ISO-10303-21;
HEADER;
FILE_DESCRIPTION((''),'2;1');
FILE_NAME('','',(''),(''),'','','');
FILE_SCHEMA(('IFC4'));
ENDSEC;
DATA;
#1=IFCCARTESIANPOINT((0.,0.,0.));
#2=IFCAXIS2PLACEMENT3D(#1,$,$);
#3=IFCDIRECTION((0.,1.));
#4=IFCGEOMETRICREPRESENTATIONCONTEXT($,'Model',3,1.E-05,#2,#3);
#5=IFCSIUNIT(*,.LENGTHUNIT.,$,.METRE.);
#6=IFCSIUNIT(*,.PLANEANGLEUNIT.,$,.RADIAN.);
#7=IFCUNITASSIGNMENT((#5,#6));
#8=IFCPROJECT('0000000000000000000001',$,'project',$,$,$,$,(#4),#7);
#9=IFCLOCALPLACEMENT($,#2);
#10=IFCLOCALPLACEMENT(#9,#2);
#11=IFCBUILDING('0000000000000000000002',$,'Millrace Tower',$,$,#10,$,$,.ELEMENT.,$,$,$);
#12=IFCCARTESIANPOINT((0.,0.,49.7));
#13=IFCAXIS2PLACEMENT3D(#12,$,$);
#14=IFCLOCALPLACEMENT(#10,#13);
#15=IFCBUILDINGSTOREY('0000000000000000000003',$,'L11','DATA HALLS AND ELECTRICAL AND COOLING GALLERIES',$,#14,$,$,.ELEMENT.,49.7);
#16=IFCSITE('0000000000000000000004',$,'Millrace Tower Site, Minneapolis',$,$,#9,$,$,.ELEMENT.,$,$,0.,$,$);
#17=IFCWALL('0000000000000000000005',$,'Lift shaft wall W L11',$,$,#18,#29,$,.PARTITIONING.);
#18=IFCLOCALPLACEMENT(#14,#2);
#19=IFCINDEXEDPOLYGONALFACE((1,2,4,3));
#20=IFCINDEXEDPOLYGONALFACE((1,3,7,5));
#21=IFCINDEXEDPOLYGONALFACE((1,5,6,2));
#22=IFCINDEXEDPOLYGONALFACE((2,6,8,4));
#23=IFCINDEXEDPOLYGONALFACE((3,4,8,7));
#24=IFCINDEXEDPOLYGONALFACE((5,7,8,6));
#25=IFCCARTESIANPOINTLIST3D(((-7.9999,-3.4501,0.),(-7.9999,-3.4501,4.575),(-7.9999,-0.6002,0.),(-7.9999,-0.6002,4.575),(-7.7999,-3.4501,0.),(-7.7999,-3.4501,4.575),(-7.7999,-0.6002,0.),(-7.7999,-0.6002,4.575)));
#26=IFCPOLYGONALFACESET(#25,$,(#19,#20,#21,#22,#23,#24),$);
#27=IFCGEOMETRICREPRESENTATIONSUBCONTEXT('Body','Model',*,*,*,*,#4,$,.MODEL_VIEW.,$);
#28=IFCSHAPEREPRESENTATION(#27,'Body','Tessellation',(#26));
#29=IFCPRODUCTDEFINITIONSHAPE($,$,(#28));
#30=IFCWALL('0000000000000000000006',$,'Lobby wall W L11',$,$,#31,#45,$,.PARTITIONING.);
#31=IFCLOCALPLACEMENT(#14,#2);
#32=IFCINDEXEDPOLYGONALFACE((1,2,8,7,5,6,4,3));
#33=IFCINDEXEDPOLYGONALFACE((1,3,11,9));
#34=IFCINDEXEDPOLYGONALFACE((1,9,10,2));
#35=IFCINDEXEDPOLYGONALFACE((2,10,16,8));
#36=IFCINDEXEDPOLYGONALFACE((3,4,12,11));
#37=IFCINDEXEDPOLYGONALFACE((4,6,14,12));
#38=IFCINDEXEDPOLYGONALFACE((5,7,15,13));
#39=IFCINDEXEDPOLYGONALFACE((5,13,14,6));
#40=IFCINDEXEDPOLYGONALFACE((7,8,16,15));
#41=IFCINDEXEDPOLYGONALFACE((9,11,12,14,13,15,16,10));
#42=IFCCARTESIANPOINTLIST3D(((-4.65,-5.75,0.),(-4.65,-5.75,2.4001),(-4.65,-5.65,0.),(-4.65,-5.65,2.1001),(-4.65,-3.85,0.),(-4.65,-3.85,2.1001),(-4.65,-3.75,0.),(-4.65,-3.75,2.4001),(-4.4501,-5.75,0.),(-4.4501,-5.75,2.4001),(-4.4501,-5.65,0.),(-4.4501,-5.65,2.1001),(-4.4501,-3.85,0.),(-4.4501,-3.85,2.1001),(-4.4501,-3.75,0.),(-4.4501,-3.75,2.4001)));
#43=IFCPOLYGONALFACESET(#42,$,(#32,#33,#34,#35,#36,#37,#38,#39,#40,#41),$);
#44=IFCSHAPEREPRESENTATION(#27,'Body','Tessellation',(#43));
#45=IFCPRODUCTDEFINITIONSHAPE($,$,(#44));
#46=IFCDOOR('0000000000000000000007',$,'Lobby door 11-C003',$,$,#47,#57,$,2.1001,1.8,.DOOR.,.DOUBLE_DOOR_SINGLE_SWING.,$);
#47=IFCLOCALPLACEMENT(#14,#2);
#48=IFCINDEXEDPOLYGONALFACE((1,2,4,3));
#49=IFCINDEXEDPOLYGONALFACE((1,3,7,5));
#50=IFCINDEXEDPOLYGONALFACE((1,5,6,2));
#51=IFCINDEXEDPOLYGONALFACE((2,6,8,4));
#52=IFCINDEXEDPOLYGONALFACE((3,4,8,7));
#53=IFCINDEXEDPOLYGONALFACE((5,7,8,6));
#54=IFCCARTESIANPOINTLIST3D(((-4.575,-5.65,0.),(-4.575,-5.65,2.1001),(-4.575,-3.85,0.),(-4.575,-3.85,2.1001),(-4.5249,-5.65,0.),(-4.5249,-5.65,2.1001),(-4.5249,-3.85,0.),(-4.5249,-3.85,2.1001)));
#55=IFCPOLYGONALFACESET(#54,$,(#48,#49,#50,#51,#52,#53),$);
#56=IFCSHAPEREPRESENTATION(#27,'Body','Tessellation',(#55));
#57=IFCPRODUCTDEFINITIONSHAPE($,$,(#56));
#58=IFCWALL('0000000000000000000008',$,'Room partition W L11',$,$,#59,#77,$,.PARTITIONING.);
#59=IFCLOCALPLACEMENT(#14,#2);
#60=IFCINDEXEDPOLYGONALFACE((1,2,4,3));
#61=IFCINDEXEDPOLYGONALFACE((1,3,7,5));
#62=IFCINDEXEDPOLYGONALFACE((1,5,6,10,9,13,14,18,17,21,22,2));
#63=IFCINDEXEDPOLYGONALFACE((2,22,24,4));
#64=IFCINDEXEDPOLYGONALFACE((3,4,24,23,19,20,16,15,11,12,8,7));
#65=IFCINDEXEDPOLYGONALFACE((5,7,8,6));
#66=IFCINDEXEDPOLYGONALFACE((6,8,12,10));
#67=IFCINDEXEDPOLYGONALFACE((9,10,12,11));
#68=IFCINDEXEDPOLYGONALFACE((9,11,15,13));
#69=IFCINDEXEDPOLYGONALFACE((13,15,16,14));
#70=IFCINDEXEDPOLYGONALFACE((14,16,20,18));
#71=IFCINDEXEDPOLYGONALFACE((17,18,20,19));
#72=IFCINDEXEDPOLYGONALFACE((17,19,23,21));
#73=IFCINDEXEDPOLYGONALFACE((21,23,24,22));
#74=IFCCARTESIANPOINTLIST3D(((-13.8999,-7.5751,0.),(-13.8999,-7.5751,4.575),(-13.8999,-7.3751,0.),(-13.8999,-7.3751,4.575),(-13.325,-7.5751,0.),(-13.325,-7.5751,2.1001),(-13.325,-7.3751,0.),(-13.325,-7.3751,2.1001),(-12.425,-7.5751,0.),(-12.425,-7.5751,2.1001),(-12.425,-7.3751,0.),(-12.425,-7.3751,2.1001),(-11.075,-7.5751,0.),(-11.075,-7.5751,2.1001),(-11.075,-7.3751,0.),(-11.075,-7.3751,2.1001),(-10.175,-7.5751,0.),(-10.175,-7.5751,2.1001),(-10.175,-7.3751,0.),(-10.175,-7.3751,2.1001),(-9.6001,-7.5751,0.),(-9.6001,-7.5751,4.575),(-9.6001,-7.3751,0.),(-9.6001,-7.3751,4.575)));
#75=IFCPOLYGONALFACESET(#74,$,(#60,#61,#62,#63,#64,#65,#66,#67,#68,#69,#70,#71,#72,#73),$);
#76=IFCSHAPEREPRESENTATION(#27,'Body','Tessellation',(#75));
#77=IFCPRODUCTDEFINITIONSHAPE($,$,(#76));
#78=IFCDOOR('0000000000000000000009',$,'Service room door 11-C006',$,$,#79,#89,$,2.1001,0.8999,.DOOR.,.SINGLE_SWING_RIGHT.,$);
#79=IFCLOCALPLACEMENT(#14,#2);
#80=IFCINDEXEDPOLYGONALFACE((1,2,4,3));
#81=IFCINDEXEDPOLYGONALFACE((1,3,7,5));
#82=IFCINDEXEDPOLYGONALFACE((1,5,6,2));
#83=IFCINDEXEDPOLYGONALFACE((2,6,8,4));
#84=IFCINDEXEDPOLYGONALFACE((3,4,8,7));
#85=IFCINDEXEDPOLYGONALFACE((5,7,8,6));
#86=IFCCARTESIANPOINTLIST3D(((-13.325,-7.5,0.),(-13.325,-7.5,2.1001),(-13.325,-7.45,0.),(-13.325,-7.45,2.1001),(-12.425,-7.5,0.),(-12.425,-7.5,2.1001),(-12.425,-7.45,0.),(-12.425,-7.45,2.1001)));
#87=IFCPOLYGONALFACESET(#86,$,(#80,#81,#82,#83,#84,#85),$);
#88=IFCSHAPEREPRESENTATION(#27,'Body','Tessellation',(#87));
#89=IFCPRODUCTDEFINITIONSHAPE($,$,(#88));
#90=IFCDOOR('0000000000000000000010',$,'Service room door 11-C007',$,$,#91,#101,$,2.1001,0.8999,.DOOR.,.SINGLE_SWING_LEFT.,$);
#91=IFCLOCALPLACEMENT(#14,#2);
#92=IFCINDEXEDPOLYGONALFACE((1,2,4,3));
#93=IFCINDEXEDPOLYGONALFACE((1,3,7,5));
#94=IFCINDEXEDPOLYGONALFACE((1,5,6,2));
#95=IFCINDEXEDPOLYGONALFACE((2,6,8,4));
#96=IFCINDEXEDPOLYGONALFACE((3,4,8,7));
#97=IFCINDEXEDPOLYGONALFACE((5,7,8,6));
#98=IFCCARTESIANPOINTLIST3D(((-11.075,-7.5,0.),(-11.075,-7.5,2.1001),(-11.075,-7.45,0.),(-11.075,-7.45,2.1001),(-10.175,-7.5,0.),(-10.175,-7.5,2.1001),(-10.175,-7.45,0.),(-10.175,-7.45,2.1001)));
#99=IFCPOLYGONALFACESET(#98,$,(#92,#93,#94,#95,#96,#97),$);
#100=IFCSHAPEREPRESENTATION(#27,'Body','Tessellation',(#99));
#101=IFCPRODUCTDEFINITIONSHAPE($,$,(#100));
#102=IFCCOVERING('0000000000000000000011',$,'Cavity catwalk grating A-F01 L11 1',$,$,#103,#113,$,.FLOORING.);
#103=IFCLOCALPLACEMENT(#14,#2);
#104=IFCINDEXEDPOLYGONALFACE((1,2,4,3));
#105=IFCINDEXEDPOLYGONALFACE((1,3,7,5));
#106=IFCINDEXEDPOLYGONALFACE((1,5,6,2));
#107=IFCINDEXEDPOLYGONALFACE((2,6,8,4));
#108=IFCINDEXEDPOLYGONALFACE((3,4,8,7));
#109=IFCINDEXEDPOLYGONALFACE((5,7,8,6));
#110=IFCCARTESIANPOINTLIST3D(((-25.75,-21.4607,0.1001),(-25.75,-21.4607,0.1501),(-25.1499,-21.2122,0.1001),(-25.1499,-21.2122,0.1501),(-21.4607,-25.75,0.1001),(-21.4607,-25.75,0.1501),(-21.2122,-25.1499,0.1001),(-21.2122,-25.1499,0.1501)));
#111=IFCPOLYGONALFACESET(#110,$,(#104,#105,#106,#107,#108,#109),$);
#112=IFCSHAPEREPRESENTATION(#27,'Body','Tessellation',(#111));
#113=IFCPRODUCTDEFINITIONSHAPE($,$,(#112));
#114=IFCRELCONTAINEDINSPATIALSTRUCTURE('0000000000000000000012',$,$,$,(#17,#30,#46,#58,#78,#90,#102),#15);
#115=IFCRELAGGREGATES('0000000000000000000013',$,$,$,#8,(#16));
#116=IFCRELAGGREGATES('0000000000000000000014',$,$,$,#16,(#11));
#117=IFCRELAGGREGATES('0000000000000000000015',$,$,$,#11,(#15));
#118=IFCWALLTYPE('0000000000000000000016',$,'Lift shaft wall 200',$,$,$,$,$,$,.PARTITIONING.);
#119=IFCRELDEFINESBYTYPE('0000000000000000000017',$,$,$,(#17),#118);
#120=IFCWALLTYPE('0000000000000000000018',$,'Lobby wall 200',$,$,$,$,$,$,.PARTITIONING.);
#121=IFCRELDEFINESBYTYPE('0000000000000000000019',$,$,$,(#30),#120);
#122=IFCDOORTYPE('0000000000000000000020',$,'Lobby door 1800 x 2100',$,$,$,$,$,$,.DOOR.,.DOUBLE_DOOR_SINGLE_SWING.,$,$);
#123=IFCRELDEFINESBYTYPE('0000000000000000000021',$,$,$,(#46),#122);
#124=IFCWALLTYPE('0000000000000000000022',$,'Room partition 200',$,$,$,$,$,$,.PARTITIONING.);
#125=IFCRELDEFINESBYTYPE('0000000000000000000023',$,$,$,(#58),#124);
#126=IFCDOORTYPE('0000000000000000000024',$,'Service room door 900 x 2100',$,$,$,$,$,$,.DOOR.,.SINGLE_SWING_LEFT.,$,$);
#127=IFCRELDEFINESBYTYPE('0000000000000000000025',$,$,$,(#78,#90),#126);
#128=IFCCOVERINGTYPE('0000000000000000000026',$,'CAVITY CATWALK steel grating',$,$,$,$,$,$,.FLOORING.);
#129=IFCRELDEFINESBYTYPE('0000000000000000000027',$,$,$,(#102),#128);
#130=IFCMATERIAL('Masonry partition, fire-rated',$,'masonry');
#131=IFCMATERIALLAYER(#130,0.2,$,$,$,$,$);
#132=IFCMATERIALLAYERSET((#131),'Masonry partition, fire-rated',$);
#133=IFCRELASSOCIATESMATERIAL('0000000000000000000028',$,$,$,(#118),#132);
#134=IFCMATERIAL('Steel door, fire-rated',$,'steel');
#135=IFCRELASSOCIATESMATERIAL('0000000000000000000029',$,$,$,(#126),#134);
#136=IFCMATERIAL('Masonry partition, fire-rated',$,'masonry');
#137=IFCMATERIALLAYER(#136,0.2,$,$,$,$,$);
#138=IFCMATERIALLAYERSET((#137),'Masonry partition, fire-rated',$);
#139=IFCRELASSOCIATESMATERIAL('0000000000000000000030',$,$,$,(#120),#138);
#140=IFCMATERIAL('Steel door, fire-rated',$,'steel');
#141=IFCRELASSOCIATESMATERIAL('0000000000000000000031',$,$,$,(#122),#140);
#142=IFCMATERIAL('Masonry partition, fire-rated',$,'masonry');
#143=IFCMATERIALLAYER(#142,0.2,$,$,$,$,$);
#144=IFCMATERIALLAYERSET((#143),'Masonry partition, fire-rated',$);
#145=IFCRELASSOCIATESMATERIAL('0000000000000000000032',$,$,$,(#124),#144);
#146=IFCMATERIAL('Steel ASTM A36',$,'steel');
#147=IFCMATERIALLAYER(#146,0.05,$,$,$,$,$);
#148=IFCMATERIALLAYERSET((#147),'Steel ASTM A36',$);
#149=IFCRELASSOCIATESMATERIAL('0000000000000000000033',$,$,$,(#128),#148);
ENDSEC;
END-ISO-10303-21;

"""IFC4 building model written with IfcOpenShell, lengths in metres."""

from ifc_helpers import new_model, si_unit, direction, frame, frame_2d, origin, place, context, subcontext, project, spatial, polyline, rectangle, outline, extrude, material, layer, layer_set, type_object, element, fill, save


model = new_model("IFC4")

# Units and contexts
model_context = context("Model", 3, precision=1e-05, world=origin(), true_north=direction((0.0, 1.0)))
body_context = subcontext(model_context, "Body", "Model", "MODEL_VIEW")
ifc_project = project(units=[si_unit("LENGTHUNIT", "METRE"), si_unit("PLANEANGLEUNIT", "RADIAN")], contexts=[model_context])

# Site, building, storey
site_placement = place(None, origin())
site = spatial("IfcSite", under=ifc_project, at=site_placement, Name="Millrace Tower Site, Minneapolis", CompositionType="ELEMENT", RefElevation=0.0)
building_placement = place(site_placement, origin())
building = spatial("IfcBuilding", under=site, at=building_placement, Name="Millrace Tower", CompositionType="ELEMENT")
storey_placement = place(building_placement, frame((0.0, 0.0, 49.7)))
storey = spatial("IfcBuildingStorey", under=building, at=storey_placement, Name="L11", Description="DATA HALLS AND ELECTRICAL AND COOLING GALLERIES", CompositionType="ELEMENT", Elevation=49.7)

# Shared definitions
ifc_material_1 = material(Name="Masonry partition, fire-rated", Category="masonry")
ifc_layer_1 = layer(ifc_material_1, 0.2)
ifc_layer_set_1 = layer_set([ifc_layer_1], Name="Masonry partition, fire-rated")
wall_type_1 = type_object("IfcWallType", Name="Lift shaft wall 200", PredefinedType="PARTITIONING", material=ifc_layer_set_1)
ifc_material_2 = material(Name="Steel door, fire-rated", Category="steel")
door_type_1 = type_object("IfcDoorType", Name="Service room door 900 x 2100", OperationType="SINGLE_SWING_LEFT", PredefinedType="DOOR", material=ifc_material_2)

# Wall
for number, where, z_axis, x_axis, name in (
    (1, (-7.8999, -3.45, 0.0), (0.0, 0.0, 1.0), (0.0, 1.0, 0.0), "Lift shaft wall W L11"),
):
    element("IfcWall", number, at=place(storey_placement, frame(where, z_axis=z_axis, x_axis=x_axis)), inside=storey, type_object=wall_type_1, Name=name, PredefinedType="PARTITIONING", context=body_context, shape_type="SweptSolid", body=[
        extrude(rectangle(XDim=2.8499, YDim=0.2, at=frame_2d((1.4248, 0.0))), origin(), (0.0, 0.0, 1.0), 4.575),
    ])

# Wall, opening, door
ifc_material_3 = material(Name="Masonry partition, fire-rated", Category="masonry")
ifc_layer_2 = layer(ifc_material_3, 0.2)
ifc_layer_set_2 = layer_set([ifc_layer_2], Name="Masonry partition, fire-rated")
wall_type_2 = type_object("IfcWallType", Name="Lobby wall 200", PredefinedType="PARTITIONING", material=ifc_layer_set_2)
wall_1_placement = place(storey_placement, frame((-4.55, -5.75, 0.0), z_axis=(0.0, 0.0, 1.0), x_axis=(0.0, 1.0, 0.0)))
wall_1 = element("IfcWall", 2, at=wall_1_placement, inside=storey, type_object=wall_type_2, Name="Lobby wall W L11", PredefinedType="PARTITIONING", context=body_context, shape_type="SweptSolid", body=[
    extrude(rectangle(XDim=2.0, YDim=0.2, at=frame_2d((1.0, 0.0))), origin(), (0.0, 0.0, 1.0), 2.4001),
])
opening_1_placement = place(wall_1_placement, frame((0.1001, 0.0, 0.0)))
opening_1 = element("IfcOpeningElement", 3, at=opening_1_placement, cuts=wall_1, PredefinedType="OPENING", context=body_context, shape_type="SweptSolid", body=[
    extrude(rectangle(XDim=1.8, YDim=2.1001, at=frame_2d((0.8999, 1.05))), frame((0.0, 0.1099, 0.0), z_axis=(0.0, -1.0, 0.0), x_axis=(1.0, 0.0, 0.0)), (0.0, 0.0, 1.0), 0.22),
])
ifc_material_4 = material(Name="Steel door, fire-rated", Category="steel")
door_type_2 = type_object("IfcDoorType", Name="Lobby door 1800 x 2100", OperationType="DOUBLE_DOOR_SINGLE_SWING", PredefinedType="DOOR", material=ifc_material_4)
door_1_placement = place(opening_1_placement, origin())
door_1 = element("IfcDoor", 4, at=door_1_placement, inside=storey, type_object=door_type_2, Name="Lobby door 11-C003", OperationType="DOUBLE_DOOR_SINGLE_SWING", OverallHeight=2.1001, OverallWidth=1.8, PredefinedType="DOOR", context=body_context, shape_type="SweptSolid", body=[
    extrude(rectangle(XDim=1.8, YDim=2.1001, at=frame_2d((0.8999, 1.05))), frame((0.0, 0.0249, 0.0), z_axis=(0.0, -1.0, 0.0), x_axis=(1.0, 0.0, 0.0)), (0.0, 0.0, 1.0), 0.05),
])
fill(opening_1, door_1)

# Wall, openings, doors
ifc_material_5 = material(Name="Masonry partition, fire-rated", Category="masonry")
ifc_layer_3 = layer(ifc_material_5, 0.2)
ifc_layer_set_3 = layer_set([ifc_layer_3], Name="Masonry partition, fire-rated")
wall_type_3 = type_object("IfcWallType", Name="Room partition 200", PredefinedType="PARTITIONING", material=ifc_layer_set_3)
wall_2_placement = place(storey_placement, frame((-13.8999, -7.4751, 0.0), z_axis=(0.0, 0.0, 1.0), x_axis=(1.0, 0.0, 0.0)))
wall_2 = element("IfcWall", 5, at=wall_2_placement, inside=storey, type_object=wall_type_3, Name="Room partition W L11", PredefinedType="PARTITIONING", context=body_context, shape_type="SweptSolid", body=[
    extrude(rectangle(XDim=4.2998, YDim=0.2, at=frame_2d((2.1499, 0.0))), origin(), (0.0, 0.0, 1.0), 4.575),
])
opening_2_placement = place(wall_2_placement, frame((0.575, 0.0, 0.0)))
opening_2 = element("IfcOpeningElement", 6, at=opening_2_placement, cuts=wall_2, PredefinedType="OPENING", context=body_context, shape_type="SweptSolid", body=[
    extrude(rectangle(XDim=0.8999, YDim=2.1001, at=frame_2d((0.45, 1.05))), frame((0.0, 0.1099, 0.0), z_axis=(0.0, -1.0, 0.0), x_axis=(1.0, 0.0, 0.0)), (0.0, 0.0, 1.0), 0.22),
])
opening_3_placement = place(wall_2_placement, frame((2.825, 0.0, 0.0)))
opening_3 = element("IfcOpeningElement", 7, at=opening_3_placement, cuts=wall_2, PredefinedType="OPENING", context=body_context, shape_type="SweptSolid", body=[
    extrude(rectangle(XDim=0.8999, YDim=2.1001, at=frame_2d((0.45, 1.05))), frame((0.0, 0.1099, 0.0), z_axis=(0.0, -1.0, 0.0), x_axis=(1.0, 0.0, 0.0)), (0.0, 0.0, 1.0), 0.22),
])
door_2_placement = place(opening_2_placement, frame((0.8999, 0.0, 0.0), z_axis=(0.0, 0.0, 1.0), x_axis=(-1.0, 0.0, 0.0)))
door_2 = element("IfcDoor", 8, at=door_2_placement, inside=storey, type_object=door_type_1, Name="Service room door 11-C006", OperationType="SINGLE_SWING_RIGHT", OverallHeight=2.1001, OverallWidth=0.8999, PredefinedType="DOOR", context=body_context, shape_type="SweptSolid", body=[
    extrude(rectangle(XDim=0.8999, YDim=2.1001, at=frame_2d((0.45, 1.05))), frame((0.0, 0.0249, 0.0), z_axis=(0.0, -1.0, 0.0), x_axis=(1.0, 0.0, 0.0)), (0.0, 0.0, 1.0), 0.05),
])
fill(opening_2, door_2)
door_3_placement = place(opening_3_placement, frame((0.8999, 0.0, 0.0), z_axis=(0.0, 0.0, 1.0), x_axis=(-1.0, 0.0, 0.0)))
door_3 = element("IfcDoor", 9, at=door_3_placement, inside=storey, type_object=door_type_1, Name="Service room door 11-C007", OperationType="SINGLE_SWING_LEFT", OverallHeight=2.1001, OverallWidth=0.8999, PredefinedType="DOOR", context=body_context, shape_type="SweptSolid", body=[
    extrude(rectangle(XDim=0.8999, YDim=2.1001, at=frame_2d((0.45, 1.05))), frame((0.0, 0.0249, 0.0), z_axis=(0.0, -1.0, 0.0), x_axis=(1.0, 0.0, 0.0)), (0.0, 0.0, 1.0), 0.05),
])
fill(opening_3, door_3)

# Covering
ifc_material_6 = material(Name="Steel ASTM A36", Category="steel")
ifc_layer_4 = layer(ifc_material_6, 0.05)
ifc_layer_set_4 = layer_set([ifc_layer_4], Name="Steel ASTM A36")
covering_type = type_object("IfcCoveringType", Name="CAVITY CATWALK steel grating", PredefinedType="FLOORING", material=ifc_layer_set_4)
covering_placement = place(storey_placement, frame((0.0, 0.0, 0.1001)))
element("IfcCovering", 10, at=covering_placement, inside=storey, type_object=covering_type, Name="Cavity catwalk grating A-F01 L11 1", PredefinedType="FLOORING", context=body_context, shape_type="SweptSolid", body=[
    extrude(outline(polyline([(-25.75, -21.4607), (-21.4607, -25.75), (-21.2122, -25.1499), (-25.1499, -21.2122), (-25.75, -21.4607)])), origin(), (0.0, 0.0, 1.0), 0.05),
])

save(model, "model.ifc")
